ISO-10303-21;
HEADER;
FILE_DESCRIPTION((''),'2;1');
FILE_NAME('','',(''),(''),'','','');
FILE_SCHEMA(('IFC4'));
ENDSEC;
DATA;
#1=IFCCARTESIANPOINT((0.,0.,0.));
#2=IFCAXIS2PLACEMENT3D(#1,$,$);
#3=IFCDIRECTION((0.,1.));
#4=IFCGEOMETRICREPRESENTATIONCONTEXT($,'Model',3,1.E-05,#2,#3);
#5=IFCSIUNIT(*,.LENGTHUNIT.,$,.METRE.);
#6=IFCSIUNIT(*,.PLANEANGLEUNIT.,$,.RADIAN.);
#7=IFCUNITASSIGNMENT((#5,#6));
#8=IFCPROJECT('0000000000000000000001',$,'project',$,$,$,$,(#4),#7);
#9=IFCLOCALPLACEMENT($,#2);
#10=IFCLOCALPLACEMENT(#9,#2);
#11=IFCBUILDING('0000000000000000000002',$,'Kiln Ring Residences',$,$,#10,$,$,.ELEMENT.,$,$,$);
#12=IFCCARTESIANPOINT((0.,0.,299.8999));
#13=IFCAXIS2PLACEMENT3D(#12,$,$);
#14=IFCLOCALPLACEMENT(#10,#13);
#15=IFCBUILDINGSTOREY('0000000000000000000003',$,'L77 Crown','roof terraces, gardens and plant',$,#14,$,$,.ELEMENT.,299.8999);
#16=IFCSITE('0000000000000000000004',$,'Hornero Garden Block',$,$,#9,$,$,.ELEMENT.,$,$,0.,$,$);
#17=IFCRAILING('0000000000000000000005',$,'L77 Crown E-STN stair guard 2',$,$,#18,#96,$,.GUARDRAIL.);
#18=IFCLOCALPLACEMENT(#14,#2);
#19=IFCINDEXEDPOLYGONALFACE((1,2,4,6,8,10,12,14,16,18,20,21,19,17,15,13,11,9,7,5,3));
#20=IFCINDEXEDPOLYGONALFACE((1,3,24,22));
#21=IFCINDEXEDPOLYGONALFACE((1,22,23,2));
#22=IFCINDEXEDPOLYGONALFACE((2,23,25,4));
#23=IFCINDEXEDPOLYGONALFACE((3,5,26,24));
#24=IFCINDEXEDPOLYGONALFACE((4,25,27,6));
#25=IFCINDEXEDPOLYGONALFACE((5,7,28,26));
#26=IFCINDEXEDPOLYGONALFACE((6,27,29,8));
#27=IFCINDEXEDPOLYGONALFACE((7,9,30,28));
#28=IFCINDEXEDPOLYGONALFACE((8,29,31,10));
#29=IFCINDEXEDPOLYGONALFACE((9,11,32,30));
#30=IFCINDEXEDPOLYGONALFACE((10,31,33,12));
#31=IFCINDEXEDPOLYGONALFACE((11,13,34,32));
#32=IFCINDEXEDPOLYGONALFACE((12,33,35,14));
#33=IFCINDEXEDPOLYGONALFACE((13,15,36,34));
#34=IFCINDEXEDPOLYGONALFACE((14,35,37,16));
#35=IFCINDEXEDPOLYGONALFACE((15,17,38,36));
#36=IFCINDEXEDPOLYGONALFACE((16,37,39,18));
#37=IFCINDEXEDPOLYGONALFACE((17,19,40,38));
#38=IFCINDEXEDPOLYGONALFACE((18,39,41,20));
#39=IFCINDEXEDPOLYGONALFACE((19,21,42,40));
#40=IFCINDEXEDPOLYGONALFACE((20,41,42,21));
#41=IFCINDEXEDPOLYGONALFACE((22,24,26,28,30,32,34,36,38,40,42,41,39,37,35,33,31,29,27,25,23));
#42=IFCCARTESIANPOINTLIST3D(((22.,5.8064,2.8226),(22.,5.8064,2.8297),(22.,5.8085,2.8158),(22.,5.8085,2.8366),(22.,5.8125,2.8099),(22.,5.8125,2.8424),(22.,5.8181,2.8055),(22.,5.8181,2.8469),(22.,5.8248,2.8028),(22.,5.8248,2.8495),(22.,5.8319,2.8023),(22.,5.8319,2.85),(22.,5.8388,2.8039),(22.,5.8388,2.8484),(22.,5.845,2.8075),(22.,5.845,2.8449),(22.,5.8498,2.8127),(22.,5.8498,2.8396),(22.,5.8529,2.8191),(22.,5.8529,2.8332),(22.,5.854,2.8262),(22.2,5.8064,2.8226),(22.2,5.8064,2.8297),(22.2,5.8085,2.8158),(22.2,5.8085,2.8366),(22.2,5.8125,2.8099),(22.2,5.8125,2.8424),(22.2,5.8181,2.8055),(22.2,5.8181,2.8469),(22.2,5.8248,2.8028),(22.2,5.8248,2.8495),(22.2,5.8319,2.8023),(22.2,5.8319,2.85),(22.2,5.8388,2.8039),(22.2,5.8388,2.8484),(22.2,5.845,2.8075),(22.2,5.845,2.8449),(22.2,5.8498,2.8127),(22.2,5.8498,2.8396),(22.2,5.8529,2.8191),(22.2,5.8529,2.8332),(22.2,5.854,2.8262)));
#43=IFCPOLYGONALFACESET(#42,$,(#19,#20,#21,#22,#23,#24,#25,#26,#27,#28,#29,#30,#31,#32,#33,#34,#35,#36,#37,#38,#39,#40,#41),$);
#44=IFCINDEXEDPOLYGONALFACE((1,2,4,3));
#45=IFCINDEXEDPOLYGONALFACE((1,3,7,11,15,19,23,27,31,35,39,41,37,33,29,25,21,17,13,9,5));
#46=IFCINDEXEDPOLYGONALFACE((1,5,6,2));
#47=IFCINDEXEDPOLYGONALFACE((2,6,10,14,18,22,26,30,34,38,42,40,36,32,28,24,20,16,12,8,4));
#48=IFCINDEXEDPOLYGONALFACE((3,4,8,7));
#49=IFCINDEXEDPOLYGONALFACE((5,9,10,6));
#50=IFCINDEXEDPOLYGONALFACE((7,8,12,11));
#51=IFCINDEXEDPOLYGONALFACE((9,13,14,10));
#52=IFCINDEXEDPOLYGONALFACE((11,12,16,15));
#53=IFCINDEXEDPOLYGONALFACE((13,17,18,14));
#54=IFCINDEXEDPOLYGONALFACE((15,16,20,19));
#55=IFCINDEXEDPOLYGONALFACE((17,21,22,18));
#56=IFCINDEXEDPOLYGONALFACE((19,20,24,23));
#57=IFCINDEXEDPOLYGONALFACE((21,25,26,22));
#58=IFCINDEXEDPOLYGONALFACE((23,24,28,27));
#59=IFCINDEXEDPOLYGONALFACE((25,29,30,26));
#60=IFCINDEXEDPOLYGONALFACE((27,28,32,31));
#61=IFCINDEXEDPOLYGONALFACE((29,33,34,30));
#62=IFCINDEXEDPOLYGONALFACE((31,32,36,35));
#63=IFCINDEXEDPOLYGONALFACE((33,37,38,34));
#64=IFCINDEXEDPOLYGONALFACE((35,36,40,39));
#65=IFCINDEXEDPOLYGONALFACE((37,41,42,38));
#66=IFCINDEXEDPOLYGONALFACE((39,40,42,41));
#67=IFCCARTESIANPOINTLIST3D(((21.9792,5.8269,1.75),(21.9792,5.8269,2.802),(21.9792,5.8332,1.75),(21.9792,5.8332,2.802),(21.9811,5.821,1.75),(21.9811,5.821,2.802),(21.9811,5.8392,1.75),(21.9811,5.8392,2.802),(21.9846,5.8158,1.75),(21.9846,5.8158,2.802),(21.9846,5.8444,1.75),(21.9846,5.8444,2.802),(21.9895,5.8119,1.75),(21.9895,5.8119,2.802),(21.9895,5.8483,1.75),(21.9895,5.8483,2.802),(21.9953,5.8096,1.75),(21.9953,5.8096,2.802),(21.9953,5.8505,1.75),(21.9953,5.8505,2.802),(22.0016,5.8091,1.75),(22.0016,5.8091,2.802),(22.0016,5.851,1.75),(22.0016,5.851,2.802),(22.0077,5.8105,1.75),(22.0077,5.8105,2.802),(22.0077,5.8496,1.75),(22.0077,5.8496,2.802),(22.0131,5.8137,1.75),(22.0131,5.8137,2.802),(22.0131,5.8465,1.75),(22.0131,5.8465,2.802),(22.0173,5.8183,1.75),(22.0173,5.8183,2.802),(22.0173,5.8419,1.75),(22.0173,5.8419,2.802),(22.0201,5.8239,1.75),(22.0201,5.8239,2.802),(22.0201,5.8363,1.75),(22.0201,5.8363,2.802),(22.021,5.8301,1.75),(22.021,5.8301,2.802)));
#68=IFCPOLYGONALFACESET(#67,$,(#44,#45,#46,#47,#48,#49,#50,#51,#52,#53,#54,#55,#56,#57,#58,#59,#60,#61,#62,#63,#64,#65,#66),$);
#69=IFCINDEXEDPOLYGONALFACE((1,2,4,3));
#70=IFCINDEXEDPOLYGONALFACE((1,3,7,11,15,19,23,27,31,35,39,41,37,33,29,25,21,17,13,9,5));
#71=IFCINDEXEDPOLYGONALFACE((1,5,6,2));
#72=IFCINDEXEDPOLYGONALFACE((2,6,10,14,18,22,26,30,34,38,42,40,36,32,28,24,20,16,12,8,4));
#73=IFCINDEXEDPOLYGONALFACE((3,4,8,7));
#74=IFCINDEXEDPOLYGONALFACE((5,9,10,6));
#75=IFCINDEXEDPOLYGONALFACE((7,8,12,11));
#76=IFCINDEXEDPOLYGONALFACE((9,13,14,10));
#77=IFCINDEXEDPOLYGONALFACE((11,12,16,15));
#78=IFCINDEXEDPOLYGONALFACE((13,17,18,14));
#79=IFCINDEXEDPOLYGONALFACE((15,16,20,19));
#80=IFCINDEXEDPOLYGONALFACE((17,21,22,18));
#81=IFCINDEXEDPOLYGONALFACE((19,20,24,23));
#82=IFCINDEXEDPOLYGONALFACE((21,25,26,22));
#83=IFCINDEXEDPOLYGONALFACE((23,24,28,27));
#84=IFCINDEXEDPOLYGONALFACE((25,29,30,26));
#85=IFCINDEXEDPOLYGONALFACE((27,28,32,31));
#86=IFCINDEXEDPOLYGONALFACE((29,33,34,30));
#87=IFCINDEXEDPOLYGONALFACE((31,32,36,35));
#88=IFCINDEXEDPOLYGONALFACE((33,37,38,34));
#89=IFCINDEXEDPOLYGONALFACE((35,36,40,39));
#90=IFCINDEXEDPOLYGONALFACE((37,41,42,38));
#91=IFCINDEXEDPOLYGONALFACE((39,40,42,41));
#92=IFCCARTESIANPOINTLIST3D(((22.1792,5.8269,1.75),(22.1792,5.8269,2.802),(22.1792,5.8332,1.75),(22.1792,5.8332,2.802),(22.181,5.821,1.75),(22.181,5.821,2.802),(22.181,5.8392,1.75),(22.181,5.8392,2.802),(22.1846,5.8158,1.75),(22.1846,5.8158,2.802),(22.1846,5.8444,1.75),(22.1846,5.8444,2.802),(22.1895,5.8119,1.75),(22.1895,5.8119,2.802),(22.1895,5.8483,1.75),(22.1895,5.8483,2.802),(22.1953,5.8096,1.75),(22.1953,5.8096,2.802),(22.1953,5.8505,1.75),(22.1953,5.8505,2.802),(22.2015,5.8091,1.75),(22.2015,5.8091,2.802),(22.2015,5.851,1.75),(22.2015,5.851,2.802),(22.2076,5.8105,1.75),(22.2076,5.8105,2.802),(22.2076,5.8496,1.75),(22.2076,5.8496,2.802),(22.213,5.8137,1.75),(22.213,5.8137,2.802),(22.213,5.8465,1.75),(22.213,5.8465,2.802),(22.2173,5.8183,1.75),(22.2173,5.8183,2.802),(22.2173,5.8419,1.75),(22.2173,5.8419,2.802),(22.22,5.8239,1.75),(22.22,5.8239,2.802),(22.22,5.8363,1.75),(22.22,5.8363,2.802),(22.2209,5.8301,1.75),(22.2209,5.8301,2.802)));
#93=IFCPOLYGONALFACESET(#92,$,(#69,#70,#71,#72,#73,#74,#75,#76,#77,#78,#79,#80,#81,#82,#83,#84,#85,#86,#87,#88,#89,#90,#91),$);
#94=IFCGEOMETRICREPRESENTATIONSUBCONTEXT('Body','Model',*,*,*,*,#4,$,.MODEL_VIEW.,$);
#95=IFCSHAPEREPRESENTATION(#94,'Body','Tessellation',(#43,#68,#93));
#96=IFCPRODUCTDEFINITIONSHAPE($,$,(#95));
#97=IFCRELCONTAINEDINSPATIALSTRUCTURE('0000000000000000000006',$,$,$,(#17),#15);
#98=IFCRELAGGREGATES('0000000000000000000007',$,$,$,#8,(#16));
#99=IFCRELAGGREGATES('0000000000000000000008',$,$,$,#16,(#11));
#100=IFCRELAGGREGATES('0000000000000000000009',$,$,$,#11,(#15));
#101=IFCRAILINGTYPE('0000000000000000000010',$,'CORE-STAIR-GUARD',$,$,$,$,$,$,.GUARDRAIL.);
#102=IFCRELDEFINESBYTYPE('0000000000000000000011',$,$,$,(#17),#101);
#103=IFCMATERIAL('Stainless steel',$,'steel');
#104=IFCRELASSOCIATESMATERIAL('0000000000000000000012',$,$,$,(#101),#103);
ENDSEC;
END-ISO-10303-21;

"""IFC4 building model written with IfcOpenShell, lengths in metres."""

from ifc_helpers import new_model, si_unit, direction, frame, origin, origin_2d, place, context, subcontext, project, spatial, circle, extrude, material, type_object, element, save


model = new_model("IFC4")

# Units and contexts
model_context = context("Model", 3, precision=1e-05, world=origin(), true_north=direction((0.0, 1.0)))
body_context = subcontext(model_context, "Body", "Model", "MODEL_VIEW")
ifc_project = project(units=[si_unit("LENGTHUNIT", "METRE"), si_unit("PLANEANGLEUNIT", "RADIAN")], contexts=[model_context])

# Site, building, storey
site_placement = place(None, origin())
site = spatial("IfcSite", under=ifc_project, at=site_placement, Name="Hornero Garden Block", CompositionType="ELEMENT", RefElevation=0.0)
building_placement = place(site_placement, origin())
building = spatial("IfcBuilding", under=site, at=building_placement, Name="Kiln Ring Residences", CompositionType="ELEMENT")
storey_placement = place(building_placement, frame((0.0, 0.0, 299.8999)))
storey = spatial("IfcBuildingStorey", under=building, at=storey_placement, Name="L77 Crown", Description="roof terraces, gardens and plant", CompositionType="ELEMENT", Elevation=299.8999)

# Railing
ifc_material_1 = material(Name="Stainless steel", Category="steel")
railing_type_1 = type_object("IfcRailingType", Name="CORE-STAIR-GUARD", PredefinedType="GUARDRAIL", material=ifc_material_1)
railing_1_placement = place(storey_placement, frame((22.0, 5.8301, 1.75)))
element("IfcRailing", 1, at=railing_1_placement, inside=storey, type_object=railing_type_1, Name="L77 Crown E-STN stair guard 2", PredefinedType="GUARDRAIL", context=body_context, shape_type="SweptSolid", body=[
    extrude(circle(Radius=0.0239, at=origin_2d()), frame((0.0, 0.0, 1.0762), z_axis=(1.0, 0.0, 0.0), x_axis=(0.0, 1.0, 0.0)), (0.0, 0.0, 1.0), 0.2),
    extrude(circle(Radius=0.021, at=origin_2d()), origin(), (0.0, 0.0, 1.0), 1.052),
    extrude(circle(Radius=0.021, at=origin_2d()), frame((0.2, 0.0, 0.0)), (0.0, 0.0, 1.0), 1.052),
])

save(model, "model.ifc")
